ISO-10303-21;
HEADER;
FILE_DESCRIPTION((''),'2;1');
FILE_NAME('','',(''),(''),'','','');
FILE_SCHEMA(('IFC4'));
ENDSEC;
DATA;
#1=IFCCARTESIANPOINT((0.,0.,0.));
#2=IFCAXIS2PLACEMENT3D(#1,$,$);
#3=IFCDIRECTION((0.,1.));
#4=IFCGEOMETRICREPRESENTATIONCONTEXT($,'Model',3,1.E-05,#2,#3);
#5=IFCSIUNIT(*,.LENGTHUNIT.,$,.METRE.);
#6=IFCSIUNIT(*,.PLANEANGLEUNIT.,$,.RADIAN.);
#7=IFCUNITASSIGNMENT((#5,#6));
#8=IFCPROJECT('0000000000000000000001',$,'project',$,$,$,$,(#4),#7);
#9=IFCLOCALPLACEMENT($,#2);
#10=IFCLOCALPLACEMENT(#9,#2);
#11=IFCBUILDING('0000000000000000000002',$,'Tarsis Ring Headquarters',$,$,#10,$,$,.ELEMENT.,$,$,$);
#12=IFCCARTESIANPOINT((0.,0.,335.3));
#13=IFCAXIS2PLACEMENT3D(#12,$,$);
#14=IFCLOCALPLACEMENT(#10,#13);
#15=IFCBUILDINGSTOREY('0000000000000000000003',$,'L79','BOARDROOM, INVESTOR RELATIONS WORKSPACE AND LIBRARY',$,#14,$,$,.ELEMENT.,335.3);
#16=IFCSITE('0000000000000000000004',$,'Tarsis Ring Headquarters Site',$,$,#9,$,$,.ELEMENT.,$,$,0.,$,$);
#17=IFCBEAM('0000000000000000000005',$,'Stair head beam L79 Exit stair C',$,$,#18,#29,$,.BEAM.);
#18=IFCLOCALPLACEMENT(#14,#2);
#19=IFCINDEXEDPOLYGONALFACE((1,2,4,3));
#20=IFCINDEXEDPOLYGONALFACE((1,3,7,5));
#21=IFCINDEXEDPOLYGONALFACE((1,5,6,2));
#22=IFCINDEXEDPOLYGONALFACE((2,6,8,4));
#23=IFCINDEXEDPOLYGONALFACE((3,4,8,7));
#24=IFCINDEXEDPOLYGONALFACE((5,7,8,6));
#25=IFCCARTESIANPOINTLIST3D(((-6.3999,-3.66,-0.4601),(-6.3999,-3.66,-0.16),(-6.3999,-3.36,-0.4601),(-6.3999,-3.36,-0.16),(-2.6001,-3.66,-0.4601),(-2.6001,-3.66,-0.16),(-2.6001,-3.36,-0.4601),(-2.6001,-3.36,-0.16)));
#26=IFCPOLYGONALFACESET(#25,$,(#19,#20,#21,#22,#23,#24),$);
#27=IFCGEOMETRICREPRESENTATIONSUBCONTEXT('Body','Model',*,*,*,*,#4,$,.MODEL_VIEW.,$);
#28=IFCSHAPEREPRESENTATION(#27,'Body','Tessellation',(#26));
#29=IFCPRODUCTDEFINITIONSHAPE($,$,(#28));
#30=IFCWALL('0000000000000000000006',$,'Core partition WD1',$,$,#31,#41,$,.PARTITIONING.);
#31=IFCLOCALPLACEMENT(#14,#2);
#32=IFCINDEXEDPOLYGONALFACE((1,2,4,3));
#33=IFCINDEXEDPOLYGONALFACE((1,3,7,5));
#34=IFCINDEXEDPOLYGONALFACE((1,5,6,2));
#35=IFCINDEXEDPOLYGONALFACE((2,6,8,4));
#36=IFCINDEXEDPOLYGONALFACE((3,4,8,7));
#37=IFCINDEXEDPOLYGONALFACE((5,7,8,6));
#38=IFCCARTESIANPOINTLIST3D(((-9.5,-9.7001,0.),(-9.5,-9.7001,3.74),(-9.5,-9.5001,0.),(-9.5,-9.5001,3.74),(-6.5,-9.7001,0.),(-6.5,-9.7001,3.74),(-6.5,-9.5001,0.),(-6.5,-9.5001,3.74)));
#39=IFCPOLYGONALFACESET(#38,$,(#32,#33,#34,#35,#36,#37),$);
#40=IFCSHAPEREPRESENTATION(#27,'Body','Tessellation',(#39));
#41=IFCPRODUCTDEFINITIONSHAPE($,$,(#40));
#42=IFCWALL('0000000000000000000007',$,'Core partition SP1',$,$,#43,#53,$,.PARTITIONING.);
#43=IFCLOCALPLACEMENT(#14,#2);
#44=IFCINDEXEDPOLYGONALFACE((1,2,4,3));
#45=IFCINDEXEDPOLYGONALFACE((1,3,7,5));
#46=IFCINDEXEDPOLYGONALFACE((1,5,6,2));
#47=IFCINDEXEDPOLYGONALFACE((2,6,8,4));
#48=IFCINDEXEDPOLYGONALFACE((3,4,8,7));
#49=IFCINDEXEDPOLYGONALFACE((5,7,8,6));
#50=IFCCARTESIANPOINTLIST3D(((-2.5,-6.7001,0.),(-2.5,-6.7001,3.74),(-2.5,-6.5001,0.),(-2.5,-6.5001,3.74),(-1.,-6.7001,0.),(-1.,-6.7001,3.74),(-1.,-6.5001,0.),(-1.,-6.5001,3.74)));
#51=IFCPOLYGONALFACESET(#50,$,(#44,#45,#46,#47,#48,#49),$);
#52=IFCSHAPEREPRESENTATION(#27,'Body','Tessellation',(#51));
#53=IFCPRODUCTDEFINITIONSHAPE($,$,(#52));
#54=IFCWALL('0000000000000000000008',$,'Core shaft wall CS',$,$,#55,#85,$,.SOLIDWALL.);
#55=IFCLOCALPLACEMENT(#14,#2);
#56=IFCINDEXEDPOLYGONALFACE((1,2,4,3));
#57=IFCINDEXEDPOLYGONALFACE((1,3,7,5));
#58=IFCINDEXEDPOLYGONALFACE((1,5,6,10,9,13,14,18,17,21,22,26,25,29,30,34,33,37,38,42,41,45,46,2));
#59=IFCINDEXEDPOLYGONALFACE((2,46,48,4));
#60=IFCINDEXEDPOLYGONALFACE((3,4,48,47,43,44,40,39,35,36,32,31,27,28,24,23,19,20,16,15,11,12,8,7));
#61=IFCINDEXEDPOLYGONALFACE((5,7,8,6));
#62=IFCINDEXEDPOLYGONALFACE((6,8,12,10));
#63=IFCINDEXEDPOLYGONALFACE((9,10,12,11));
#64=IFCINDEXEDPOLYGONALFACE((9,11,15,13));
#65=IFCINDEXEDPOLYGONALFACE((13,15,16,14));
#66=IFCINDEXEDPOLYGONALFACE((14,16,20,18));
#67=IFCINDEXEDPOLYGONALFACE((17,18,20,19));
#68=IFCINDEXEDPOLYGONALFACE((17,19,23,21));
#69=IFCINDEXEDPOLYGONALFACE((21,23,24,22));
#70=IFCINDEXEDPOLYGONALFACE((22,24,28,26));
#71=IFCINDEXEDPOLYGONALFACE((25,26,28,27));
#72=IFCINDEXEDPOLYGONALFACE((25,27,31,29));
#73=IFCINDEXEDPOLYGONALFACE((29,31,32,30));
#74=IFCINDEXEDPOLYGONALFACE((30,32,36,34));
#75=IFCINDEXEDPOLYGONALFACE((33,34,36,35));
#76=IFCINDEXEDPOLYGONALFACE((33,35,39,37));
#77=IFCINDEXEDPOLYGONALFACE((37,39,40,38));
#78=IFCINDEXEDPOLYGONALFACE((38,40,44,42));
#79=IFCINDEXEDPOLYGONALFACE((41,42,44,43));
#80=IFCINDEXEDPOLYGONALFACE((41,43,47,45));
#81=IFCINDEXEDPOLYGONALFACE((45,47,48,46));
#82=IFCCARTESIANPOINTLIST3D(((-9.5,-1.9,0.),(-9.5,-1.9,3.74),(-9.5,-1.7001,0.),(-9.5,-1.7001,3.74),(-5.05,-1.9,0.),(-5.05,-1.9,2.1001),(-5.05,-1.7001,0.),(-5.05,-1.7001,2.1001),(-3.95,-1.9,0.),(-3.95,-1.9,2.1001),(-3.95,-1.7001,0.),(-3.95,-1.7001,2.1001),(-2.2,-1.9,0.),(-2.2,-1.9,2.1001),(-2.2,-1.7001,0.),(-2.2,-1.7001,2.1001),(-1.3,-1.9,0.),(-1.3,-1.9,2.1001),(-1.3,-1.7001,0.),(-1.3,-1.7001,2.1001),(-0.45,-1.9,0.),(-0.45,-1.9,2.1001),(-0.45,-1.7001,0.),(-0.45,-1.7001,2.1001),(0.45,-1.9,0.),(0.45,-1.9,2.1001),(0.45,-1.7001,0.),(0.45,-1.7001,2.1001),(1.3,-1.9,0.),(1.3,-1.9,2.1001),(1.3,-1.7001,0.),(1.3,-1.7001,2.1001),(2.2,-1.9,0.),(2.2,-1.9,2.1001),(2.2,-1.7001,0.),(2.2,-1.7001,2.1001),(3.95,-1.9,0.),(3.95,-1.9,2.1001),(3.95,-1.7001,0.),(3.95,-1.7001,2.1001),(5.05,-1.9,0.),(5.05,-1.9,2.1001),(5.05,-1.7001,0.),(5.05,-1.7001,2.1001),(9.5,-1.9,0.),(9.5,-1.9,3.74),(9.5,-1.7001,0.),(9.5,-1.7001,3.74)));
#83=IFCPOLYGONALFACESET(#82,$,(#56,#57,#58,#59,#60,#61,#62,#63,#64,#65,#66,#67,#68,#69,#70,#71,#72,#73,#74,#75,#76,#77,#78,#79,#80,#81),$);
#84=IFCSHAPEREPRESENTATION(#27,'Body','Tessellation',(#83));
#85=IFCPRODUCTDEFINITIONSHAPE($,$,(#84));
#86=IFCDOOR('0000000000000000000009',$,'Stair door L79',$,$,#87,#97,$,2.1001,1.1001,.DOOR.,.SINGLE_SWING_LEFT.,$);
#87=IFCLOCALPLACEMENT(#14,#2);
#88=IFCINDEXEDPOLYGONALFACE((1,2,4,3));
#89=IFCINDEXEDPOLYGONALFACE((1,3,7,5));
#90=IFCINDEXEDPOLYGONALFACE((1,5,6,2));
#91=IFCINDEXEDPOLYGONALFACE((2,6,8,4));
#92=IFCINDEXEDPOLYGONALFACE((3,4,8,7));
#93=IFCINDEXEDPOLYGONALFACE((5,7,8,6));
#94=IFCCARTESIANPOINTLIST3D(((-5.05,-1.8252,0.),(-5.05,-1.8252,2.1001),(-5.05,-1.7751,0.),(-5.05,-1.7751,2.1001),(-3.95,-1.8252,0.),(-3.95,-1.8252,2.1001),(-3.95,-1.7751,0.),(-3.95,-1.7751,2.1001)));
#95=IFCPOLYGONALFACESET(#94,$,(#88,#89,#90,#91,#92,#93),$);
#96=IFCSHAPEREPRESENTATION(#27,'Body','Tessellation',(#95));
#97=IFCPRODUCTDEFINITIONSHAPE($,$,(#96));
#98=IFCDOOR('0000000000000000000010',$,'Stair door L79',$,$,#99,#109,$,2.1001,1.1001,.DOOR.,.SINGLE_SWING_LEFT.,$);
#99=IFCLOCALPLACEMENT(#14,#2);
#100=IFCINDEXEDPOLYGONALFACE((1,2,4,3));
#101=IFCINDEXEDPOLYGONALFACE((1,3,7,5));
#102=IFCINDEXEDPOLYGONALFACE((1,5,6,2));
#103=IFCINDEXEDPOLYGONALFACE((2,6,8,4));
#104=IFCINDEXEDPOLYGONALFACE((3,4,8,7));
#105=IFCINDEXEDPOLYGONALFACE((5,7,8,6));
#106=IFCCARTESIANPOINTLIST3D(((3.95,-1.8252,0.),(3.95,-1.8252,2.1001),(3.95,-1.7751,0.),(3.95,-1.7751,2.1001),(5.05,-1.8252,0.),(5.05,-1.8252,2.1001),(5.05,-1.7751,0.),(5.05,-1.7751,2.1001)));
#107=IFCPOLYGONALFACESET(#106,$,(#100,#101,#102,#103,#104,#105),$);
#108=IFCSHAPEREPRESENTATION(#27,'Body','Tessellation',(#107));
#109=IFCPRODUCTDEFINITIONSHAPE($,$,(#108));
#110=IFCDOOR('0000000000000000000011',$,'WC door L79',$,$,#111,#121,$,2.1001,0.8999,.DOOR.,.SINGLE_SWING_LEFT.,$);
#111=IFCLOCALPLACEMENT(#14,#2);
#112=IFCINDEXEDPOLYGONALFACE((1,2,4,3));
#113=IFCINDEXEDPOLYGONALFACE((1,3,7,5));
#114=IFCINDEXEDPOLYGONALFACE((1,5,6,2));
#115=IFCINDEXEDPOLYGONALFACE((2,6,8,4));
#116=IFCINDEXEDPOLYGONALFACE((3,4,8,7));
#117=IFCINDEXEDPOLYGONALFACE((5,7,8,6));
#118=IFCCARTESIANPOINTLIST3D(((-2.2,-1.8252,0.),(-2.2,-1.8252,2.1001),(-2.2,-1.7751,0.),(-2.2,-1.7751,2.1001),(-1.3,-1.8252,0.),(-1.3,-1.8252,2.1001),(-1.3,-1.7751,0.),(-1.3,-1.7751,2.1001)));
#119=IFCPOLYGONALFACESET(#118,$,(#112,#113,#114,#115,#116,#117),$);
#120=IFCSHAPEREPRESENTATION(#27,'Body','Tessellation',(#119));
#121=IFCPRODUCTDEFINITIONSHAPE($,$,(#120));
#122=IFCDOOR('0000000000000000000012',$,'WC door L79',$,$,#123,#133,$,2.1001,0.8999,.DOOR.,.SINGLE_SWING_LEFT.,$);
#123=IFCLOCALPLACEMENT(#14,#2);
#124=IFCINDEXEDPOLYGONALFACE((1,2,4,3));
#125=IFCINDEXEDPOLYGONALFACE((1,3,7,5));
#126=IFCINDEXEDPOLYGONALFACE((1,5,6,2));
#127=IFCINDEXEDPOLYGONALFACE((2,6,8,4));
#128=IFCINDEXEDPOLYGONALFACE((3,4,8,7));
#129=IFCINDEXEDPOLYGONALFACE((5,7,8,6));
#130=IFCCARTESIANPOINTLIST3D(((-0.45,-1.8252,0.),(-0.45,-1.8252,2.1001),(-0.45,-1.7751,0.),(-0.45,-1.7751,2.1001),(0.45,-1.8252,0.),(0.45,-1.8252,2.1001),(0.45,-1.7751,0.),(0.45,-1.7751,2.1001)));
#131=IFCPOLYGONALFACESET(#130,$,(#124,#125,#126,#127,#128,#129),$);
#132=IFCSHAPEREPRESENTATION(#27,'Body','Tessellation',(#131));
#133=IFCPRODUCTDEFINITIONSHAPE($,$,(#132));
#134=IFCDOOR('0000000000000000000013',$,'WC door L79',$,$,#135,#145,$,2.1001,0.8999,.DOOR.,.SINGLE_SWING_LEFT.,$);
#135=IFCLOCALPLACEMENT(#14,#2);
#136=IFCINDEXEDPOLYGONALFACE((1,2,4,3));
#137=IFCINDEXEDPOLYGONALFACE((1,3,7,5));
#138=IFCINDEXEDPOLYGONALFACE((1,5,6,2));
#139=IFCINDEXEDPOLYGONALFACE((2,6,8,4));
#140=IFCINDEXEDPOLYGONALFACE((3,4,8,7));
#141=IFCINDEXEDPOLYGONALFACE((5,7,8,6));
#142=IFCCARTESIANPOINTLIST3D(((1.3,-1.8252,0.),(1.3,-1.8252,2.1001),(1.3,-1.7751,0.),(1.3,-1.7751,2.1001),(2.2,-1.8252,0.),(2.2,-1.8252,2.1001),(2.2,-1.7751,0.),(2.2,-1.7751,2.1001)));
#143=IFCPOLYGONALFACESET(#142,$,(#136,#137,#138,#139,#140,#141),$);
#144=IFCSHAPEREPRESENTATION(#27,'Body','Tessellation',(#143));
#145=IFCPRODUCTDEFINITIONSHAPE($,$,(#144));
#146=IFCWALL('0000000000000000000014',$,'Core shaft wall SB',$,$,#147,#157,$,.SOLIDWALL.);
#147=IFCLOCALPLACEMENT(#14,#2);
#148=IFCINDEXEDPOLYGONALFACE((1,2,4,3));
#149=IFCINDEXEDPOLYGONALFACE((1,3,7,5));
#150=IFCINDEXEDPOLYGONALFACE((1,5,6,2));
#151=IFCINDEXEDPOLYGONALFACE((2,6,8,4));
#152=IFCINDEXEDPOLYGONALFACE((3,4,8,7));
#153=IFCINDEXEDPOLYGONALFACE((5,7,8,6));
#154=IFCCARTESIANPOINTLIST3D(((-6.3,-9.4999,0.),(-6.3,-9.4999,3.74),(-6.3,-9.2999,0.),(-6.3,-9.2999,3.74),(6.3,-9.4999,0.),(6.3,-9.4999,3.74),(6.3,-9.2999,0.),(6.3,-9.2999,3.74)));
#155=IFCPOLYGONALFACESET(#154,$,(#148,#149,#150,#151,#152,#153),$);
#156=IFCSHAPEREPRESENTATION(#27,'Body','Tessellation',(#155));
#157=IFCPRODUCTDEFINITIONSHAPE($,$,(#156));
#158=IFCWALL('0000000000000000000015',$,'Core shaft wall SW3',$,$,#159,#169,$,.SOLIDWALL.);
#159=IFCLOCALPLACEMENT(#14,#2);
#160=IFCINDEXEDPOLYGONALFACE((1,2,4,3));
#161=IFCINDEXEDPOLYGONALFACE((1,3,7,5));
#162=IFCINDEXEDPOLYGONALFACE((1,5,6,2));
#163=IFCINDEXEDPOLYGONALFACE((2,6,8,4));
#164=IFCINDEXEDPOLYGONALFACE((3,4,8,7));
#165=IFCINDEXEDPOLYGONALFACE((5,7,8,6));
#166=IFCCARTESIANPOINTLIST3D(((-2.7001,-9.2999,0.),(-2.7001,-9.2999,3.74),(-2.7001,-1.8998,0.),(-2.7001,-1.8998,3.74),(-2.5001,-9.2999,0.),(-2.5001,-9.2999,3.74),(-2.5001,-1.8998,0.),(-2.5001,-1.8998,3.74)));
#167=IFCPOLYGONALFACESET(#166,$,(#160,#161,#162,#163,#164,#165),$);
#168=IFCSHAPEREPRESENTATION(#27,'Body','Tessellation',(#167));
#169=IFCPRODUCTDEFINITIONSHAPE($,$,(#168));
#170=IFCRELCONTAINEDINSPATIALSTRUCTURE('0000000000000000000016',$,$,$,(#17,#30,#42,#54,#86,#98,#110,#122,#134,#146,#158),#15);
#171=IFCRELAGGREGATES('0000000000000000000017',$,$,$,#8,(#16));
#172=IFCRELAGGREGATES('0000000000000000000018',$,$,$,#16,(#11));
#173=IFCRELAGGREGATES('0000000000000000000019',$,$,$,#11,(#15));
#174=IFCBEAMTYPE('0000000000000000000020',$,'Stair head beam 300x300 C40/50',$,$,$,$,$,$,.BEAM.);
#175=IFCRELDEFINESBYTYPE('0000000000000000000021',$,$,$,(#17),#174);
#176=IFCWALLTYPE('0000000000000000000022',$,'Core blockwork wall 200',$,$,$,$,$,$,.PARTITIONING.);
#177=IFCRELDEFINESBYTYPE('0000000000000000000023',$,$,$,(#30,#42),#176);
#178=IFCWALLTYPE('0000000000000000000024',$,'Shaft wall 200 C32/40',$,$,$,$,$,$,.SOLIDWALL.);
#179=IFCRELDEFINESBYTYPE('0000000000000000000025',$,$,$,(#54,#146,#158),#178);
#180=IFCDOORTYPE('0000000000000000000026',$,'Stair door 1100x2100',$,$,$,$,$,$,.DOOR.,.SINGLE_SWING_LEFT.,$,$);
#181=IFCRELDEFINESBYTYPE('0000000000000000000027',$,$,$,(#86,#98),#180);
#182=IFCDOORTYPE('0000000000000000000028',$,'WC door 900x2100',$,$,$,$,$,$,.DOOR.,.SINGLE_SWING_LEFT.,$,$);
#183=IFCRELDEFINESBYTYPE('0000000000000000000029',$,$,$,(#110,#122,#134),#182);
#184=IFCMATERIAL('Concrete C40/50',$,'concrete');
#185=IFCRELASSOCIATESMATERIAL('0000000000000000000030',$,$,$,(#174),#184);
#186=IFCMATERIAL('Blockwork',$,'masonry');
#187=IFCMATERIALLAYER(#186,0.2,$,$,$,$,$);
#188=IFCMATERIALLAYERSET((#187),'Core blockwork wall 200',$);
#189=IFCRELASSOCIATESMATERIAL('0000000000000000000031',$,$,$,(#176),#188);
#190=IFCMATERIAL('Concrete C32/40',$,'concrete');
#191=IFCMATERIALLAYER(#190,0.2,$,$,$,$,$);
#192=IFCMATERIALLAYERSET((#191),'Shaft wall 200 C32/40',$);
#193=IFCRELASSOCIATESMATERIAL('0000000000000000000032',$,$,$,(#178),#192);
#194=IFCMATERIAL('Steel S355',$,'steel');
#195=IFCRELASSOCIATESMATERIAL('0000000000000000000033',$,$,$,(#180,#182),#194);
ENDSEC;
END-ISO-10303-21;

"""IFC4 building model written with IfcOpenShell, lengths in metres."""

from ifc_helpers import new_model, si_unit, direction, frame, frame_2d, origin, origin_2d, place, context, subcontext, project, spatial, rectangle, extrude, material, layer, layer_set, material_profile, profile_set, type_object, element, fill, save


model = new_model("IFC4")

# Units and contexts
model_context = context("Model", 3, precision=1e-05, world=origin(), true_north=direction((0.0, 1.0)))
body_context = subcontext(model_context, "Body", "Model", "MODEL_VIEW")
ifc_project = project(units=[si_unit("LENGTHUNIT", "METRE"), si_unit("PLANEANGLEUNIT", "RADIAN")], contexts=[model_context])

# Site, building, storey
site_placement = place(None, origin())
site = spatial("IfcSite", under=ifc_project, at=site_placement, Name="Tarsis Ring Headquarters Site", CompositionType="ELEMENT", RefElevation=0.0)
building_placement = place(site_placement, origin())
building = spatial("IfcBuilding", under=site, at=building_placement, Name="Tarsis Ring Headquarters", CompositionType="ELEMENT")
storey_placement = place(building_placement, frame((0.0, 0.0, 335.3)))
storey = spatial("IfcBuildingStorey", under=building, at=storey_placement, Name="L79", Description="BOARDROOM, INVESTOR RELATIONS WORKSPACE AND LIBRARY", CompositionType="ELEMENT", Elevation=335.3)

# Beam
ifc_material_1 = material(Name="Concrete C40/50", Category="concrete")
ifc_material_profile = material_profile(ifc_material_1, rectangle(XDim=0.3, YDim=0.3, at=origin_2d()), Name="Stair head beam 300x300 C40/50")
ifc_profile_set = profile_set([ifc_material_profile], Name="Concrete C40/50")
beam_type = type_object("IfcBeamType", Name="Stair head beam 300x300 C40/50", PredefinedType="BEAM", material=ifc_profile_set)
beam_placement = place(storey_placement, frame((-6.3999, -3.51, -0.3101), z_axis=(1.0, 0.0, 0.0), x_axis=(0.0, 1.0, 0.0)))
element("IfcBeam", 1, at=beam_placement, inside=storey, type_object=beam_type, Name="Stair head beam L79 Exit stair C", PredefinedType="BEAM", context=body_context, shape_type="SweptSolid", body=[
    extrude(rectangle(XDim=0.3, YDim=0.3, at=origin_2d()), origin(), (0.0, 0.0, 1.0), 3.7998),
])

# Walls
ifc_material_2 = material(Name="Blockwork", Category="masonry")
ifc_layer_1 = layer(ifc_material_2, 0.2)
ifc_layer_set_1 = layer_set([ifc_layer_1], Name="Core blockwork wall 200")
wall_type_1 = type_object("IfcWallType", Name="Core blockwork wall 200", PredefinedType="PARTITIONING", material=ifc_layer_set_1)
wall_1_placement = place(storey_placement, frame((-9.5, -9.6001, 0.0), z_axis=(0.0, 0.0, 1.0), x_axis=(1.0, 0.0, 0.0)))
element("IfcWall", 2, at=wall_1_placement, inside=storey, type_object=wall_type_1, Name="Core partition WD1", PredefinedType="PARTITIONING", context=body_context, shape_type="SweptSolid", body=[
    extrude(rectangle(XDim=3.0, YDim=0.2, at=frame_2d((1.5, 0.0))), origin(), (0.0, 0.0, 1.0), 3.74),
])
wall_2_placement = place(storey_placement, frame((-2.5, -6.6001, 0.0), z_axis=(0.0, 0.0, 1.0), x_axis=(1.0, 0.0, 0.0)))
element("IfcWall", 3, at=wall_2_placement, inside=storey, type_object=wall_type_1, Name="Core partition SP1", PredefinedType="PARTITIONING", context=body_context, shape_type="SweptSolid", body=[
    extrude(rectangle(XDim=1.5, YDim=0.2, at=frame_2d((0.75, 0.0))), origin(), (0.0, 0.0, 1.0), 3.74),
])

# Wall, openings, doors
ifc_material_3 = material(Name="Concrete C32/40", Category="concrete")
ifc_layer_2 = layer(ifc_material_3, 0.2)
ifc_layer_set_2 = layer_set([ifc_layer_2], Name="Shaft wall 200 C32/40")
wall_type_2 = type_object("IfcWallType", Name="Shaft wall 200 C32/40", PredefinedType="SOLIDWALL", material=ifc_layer_set_2)
wall_3_placement = place(storey_placement, frame((-9.5, -1.8, 0.0), z_axis=(0.0, 0.0, 1.0), x_axis=(1.0, 0.0, 0.0)))
wall_3 = element("IfcWall", 4, at=wall_3_placement, inside=storey, type_object=wall_type_2, Name="Core shaft wall CS", PredefinedType="SOLIDWALL", context=body_context, shape_type="SweptSolid", body=[
    extrude(rectangle(XDim=19.0, YDim=0.2, at=frame_2d((9.5, 0.0))), origin(), (0.0, 0.0, 1.0), 3.74),
])
opening_1_placement = place(wall_3_placement, frame((4.45, 0.0, 0.0)))
opening_1 = element("IfcOpeningElement", 5, at=opening_1_placement, cuts=wall_3, PredefinedType="OPENING", context=body_context, shape_type="SweptSolid", body=[
    extrude(rectangle(XDim=1.1001, YDim=2.1001, at=frame_2d((0.55, 1.05))), frame((0.0, 0.1099, 0.0), z_axis=(0.0, -1.0, 0.0), x_axis=(1.0, 0.0, 0.0)), (0.0, 0.0, 1.0), 0.22),
])
opening_2_placement = place(wall_3_placement, frame((7.3, 0.0, 0.0)))
opening_2 = element("IfcOpeningElement", 6, at=opening_2_placement, cuts=wall_3, PredefinedType="OPENING", context=body_context, shape_type="SweptSolid", body=[
    extrude(rectangle(XDim=0.8999, YDim=2.1001, at=frame_2d((0.45, 1.05))), frame((0.0, 0.1099, 0.0), z_axis=(0.0, -1.0, 0.0), x_axis=(1.0, 0.0, 0.0)), (0.0, 0.0, 1.0), 0.22),
])
opening_3_placement = place(wall_3_placement, frame((9.05, 0.0, 0.0)))
opening_3 = element("IfcOpeningElement", 7, at=opening_3_placement, cuts=wall_3, PredefinedType="OPENING", context=body_context, shape_type="SweptSolid", body=[
    extrude(rectangle(XDim=0.8999, YDim=2.1001, at=frame_2d((0.45, 1.05))), frame((0.0, 0.1099, 0.0), z_axis=(0.0, -1.0, 0.0), x_axis=(1.0, 0.0, 0.0)), (0.0, 0.0, 1.0), 0.22),
])
opening_4_placement = place(wall_3_placement, frame((10.8, 0.0, 0.0)))
opening_4 = element("IfcOpeningElement", 8, at=opening_4_placement, cuts=wall_3, PredefinedType="OPENING", context=body_context, shape_type="SweptSolid", body=[
    extrude(rectangle(XDim=0.8999, YDim=2.1001, at=frame_2d((0.45, 1.05))), frame((0.0, 0.1099, 0.0), z_axis=(0.0, -1.0, 0.0), x_axis=(1.0, 0.0, 0.0)), (0.0, 0.0, 1.0), 0.22),
])
opening_5_placement = place(wall_3_placement, frame((13.45, 0.0, 0.0)))
opening_5 = element("IfcOpeningElement", 9, at=opening_5_placement, cuts=wall_3, PredefinedType="OPENING", context=body_context, shape_type="SweptSolid", body=[
    extrude(rectangle(XDim=1.1001, YDim=2.1001, at=frame_2d((0.55, 1.05))), frame((0.0, 0.1099, 0.0), z_axis=(0.0, -1.0, 0.0), x_axis=(1.0, 0.0, 0.0)), (0.0, 0.0, 1.0), 0.22),
])
ifc_material_4 = material(Name="Steel S355", Category="steel")
door_type_1 = type_object("IfcDoorType", Name="Stair door 1100x2100", OperationType="SINGLE_SWING_LEFT", PredefinedType="DOOR", material=ifc_material_4)
door_1_placement = place(opening_1_placement, origin())
door_1 = element("IfcDoor", 10, at=door_1_placement, inside=storey, type_object=door_type_1, Name="Stair door L79", OperationType="SINGLE_SWING_LEFT", OverallHeight=2.1001, OverallWidth=1.1001, PredefinedType="DOOR", context=body_context, shape_type="SweptSolid", body=[
    extrude(rectangle(XDim=1.1001, YDim=2.1001, at=frame_2d((0.55, 1.05))), frame((0.0, 0.0249, 0.0), z_axis=(0.0, -1.0, 0.0), x_axis=(1.0, 0.0, 0.0)), (0.0, 0.0, 1.0), 0.05),
])
fill(opening_1, door_1)
door_2_placement = place(opening_5_placement, origin())
door_2 = element("IfcDoor", 11, at=door_2_placement, inside=storey, type_object=door_type_1, Name="Stair door L79", OperationType="SINGLE_SWING_LEFT", OverallHeight=2.1001, OverallWidth=1.1001, PredefinedType="DOOR", context=body_context, shape_type="SweptSolid", body=[
    extrude(rectangle(XDim=1.1001, YDim=2.1001, at=frame_2d((0.55, 1.05))), frame((0.0, 0.0249, 0.0), z_axis=(0.0, -1.0, 0.0), x_axis=(1.0, 0.0, 0.0)), (0.0, 0.0, 1.0), 0.05),
])
fill(opening_5, door_2)
door_type_2 = type_object("IfcDoorType", Name="WC door 900x2100", OperationType="SINGLE_SWING_LEFT", PredefinedType="DOOR", material=ifc_material_4)
door_3_placement = place(opening_2_placement, origin())
door_3 = element("IfcDoor", 12, at=door_3_placement, inside=storey, type_object=door_type_2, Name="WC door L79", OperationType="SINGLE_SWING_LEFT", OverallHeight=2.1001, OverallWidth=0.8999, PredefinedType="DOOR", context=body_context, shape_type="SweptSolid", body=[
    extrude(rectangle(XDim=0.8999, YDim=2.1001, at=frame_2d((0.45, 1.05))), frame((0.0, 0.0249, 0.0), z_axis=(0.0, -1.0, 0.0), x_axis=(1.0, 0.0, 0.0)), (0.0, 0.0, 1.0), 0.05),
])
fill(opening_2, door_3)
door_4_placement = place(opening_3_placement, origin())
door_4 = element("IfcDoor", 13, at=door_4_placement, inside=storey, type_object=door_type_2, Name="WC door L79", OperationType="SINGLE_SWING_LEFT", OverallHeight=2.1001, OverallWidth=0.8999, PredefinedType="DOOR", context=body_context, shape_type="SweptSolid", body=[
    extrude(rectangle(XDim=0.8999, YDim=2.1001, at=frame_2d((0.45, 1.05))), frame((0.0, 0.0249, 0.0), z_axis=(0.0, -1.0, 0.0), x_axis=(1.0, 0.0, 0.0)), (0.0, 0.0, 1.0), 0.05),
])
fill(opening_3, door_4)
door_5_placement = place(opening_4_placement, origin())
door_5 = element("IfcDoor", 14, at=door_5_placement, inside=storey, type_object=door_type_2, Name="WC door L79", OperationType="SINGLE_SWING_LEFT", OverallHeight=2.1001, OverallWidth=0.8999, PredefinedType="DOOR", context=body_context, shape_type="SweptSolid", body=[
    extrude(rectangle(XDim=0.8999, YDim=2.1001, at=frame_2d((0.45, 1.05))), frame((0.0, 0.0249, 0.0), z_axis=(0.0, -1.0, 0.0), x_axis=(1.0, 0.0, 0.0)), (0.0, 0.0, 1.0), 0.05),
])
fill(opening_4, door_5)

# Walls
wall_4_placement = place(storey_placement, frame((-6.3, -9.3999, 0.0), z_axis=(0.0, 0.0, 1.0), x_axis=(1.0, 0.0, 0.0)))
element("IfcWall", 15, at=wall_4_placement, inside=storey, type_object=wall_type_2, Name="Core shaft wall SB", PredefinedType="SOLIDWALL", context=body_context, shape_type="SweptSolid", body=[
    extrude(rectangle(XDim=12.6001, YDim=0.2, at=frame_2d((6.3, 0.0))), origin(), (0.0, 0.0, 1.0), 3.74),
])
wall_5_placement = place(storey_placement, frame((-2.6001, -9.3, 0.0), z_axis=(0.0, 0.0, 1.0), x_axis=(0.0, 1.0, 0.0)))
element("IfcWall", 16, at=wall_5_placement, inside=storey, type_object=wall_type_2, Name="Core shaft wall SW3", PredefinedType="SOLIDWALL", context=body_context, shape_type="SweptSolid", body=[
    extrude(rectangle(XDim=7.4001, YDim=0.2, at=frame_2d((3.7002, 0.0))), origin(), (0.0, 0.0, 1.0), 3.74),
])

save(model, "model.ifc")
